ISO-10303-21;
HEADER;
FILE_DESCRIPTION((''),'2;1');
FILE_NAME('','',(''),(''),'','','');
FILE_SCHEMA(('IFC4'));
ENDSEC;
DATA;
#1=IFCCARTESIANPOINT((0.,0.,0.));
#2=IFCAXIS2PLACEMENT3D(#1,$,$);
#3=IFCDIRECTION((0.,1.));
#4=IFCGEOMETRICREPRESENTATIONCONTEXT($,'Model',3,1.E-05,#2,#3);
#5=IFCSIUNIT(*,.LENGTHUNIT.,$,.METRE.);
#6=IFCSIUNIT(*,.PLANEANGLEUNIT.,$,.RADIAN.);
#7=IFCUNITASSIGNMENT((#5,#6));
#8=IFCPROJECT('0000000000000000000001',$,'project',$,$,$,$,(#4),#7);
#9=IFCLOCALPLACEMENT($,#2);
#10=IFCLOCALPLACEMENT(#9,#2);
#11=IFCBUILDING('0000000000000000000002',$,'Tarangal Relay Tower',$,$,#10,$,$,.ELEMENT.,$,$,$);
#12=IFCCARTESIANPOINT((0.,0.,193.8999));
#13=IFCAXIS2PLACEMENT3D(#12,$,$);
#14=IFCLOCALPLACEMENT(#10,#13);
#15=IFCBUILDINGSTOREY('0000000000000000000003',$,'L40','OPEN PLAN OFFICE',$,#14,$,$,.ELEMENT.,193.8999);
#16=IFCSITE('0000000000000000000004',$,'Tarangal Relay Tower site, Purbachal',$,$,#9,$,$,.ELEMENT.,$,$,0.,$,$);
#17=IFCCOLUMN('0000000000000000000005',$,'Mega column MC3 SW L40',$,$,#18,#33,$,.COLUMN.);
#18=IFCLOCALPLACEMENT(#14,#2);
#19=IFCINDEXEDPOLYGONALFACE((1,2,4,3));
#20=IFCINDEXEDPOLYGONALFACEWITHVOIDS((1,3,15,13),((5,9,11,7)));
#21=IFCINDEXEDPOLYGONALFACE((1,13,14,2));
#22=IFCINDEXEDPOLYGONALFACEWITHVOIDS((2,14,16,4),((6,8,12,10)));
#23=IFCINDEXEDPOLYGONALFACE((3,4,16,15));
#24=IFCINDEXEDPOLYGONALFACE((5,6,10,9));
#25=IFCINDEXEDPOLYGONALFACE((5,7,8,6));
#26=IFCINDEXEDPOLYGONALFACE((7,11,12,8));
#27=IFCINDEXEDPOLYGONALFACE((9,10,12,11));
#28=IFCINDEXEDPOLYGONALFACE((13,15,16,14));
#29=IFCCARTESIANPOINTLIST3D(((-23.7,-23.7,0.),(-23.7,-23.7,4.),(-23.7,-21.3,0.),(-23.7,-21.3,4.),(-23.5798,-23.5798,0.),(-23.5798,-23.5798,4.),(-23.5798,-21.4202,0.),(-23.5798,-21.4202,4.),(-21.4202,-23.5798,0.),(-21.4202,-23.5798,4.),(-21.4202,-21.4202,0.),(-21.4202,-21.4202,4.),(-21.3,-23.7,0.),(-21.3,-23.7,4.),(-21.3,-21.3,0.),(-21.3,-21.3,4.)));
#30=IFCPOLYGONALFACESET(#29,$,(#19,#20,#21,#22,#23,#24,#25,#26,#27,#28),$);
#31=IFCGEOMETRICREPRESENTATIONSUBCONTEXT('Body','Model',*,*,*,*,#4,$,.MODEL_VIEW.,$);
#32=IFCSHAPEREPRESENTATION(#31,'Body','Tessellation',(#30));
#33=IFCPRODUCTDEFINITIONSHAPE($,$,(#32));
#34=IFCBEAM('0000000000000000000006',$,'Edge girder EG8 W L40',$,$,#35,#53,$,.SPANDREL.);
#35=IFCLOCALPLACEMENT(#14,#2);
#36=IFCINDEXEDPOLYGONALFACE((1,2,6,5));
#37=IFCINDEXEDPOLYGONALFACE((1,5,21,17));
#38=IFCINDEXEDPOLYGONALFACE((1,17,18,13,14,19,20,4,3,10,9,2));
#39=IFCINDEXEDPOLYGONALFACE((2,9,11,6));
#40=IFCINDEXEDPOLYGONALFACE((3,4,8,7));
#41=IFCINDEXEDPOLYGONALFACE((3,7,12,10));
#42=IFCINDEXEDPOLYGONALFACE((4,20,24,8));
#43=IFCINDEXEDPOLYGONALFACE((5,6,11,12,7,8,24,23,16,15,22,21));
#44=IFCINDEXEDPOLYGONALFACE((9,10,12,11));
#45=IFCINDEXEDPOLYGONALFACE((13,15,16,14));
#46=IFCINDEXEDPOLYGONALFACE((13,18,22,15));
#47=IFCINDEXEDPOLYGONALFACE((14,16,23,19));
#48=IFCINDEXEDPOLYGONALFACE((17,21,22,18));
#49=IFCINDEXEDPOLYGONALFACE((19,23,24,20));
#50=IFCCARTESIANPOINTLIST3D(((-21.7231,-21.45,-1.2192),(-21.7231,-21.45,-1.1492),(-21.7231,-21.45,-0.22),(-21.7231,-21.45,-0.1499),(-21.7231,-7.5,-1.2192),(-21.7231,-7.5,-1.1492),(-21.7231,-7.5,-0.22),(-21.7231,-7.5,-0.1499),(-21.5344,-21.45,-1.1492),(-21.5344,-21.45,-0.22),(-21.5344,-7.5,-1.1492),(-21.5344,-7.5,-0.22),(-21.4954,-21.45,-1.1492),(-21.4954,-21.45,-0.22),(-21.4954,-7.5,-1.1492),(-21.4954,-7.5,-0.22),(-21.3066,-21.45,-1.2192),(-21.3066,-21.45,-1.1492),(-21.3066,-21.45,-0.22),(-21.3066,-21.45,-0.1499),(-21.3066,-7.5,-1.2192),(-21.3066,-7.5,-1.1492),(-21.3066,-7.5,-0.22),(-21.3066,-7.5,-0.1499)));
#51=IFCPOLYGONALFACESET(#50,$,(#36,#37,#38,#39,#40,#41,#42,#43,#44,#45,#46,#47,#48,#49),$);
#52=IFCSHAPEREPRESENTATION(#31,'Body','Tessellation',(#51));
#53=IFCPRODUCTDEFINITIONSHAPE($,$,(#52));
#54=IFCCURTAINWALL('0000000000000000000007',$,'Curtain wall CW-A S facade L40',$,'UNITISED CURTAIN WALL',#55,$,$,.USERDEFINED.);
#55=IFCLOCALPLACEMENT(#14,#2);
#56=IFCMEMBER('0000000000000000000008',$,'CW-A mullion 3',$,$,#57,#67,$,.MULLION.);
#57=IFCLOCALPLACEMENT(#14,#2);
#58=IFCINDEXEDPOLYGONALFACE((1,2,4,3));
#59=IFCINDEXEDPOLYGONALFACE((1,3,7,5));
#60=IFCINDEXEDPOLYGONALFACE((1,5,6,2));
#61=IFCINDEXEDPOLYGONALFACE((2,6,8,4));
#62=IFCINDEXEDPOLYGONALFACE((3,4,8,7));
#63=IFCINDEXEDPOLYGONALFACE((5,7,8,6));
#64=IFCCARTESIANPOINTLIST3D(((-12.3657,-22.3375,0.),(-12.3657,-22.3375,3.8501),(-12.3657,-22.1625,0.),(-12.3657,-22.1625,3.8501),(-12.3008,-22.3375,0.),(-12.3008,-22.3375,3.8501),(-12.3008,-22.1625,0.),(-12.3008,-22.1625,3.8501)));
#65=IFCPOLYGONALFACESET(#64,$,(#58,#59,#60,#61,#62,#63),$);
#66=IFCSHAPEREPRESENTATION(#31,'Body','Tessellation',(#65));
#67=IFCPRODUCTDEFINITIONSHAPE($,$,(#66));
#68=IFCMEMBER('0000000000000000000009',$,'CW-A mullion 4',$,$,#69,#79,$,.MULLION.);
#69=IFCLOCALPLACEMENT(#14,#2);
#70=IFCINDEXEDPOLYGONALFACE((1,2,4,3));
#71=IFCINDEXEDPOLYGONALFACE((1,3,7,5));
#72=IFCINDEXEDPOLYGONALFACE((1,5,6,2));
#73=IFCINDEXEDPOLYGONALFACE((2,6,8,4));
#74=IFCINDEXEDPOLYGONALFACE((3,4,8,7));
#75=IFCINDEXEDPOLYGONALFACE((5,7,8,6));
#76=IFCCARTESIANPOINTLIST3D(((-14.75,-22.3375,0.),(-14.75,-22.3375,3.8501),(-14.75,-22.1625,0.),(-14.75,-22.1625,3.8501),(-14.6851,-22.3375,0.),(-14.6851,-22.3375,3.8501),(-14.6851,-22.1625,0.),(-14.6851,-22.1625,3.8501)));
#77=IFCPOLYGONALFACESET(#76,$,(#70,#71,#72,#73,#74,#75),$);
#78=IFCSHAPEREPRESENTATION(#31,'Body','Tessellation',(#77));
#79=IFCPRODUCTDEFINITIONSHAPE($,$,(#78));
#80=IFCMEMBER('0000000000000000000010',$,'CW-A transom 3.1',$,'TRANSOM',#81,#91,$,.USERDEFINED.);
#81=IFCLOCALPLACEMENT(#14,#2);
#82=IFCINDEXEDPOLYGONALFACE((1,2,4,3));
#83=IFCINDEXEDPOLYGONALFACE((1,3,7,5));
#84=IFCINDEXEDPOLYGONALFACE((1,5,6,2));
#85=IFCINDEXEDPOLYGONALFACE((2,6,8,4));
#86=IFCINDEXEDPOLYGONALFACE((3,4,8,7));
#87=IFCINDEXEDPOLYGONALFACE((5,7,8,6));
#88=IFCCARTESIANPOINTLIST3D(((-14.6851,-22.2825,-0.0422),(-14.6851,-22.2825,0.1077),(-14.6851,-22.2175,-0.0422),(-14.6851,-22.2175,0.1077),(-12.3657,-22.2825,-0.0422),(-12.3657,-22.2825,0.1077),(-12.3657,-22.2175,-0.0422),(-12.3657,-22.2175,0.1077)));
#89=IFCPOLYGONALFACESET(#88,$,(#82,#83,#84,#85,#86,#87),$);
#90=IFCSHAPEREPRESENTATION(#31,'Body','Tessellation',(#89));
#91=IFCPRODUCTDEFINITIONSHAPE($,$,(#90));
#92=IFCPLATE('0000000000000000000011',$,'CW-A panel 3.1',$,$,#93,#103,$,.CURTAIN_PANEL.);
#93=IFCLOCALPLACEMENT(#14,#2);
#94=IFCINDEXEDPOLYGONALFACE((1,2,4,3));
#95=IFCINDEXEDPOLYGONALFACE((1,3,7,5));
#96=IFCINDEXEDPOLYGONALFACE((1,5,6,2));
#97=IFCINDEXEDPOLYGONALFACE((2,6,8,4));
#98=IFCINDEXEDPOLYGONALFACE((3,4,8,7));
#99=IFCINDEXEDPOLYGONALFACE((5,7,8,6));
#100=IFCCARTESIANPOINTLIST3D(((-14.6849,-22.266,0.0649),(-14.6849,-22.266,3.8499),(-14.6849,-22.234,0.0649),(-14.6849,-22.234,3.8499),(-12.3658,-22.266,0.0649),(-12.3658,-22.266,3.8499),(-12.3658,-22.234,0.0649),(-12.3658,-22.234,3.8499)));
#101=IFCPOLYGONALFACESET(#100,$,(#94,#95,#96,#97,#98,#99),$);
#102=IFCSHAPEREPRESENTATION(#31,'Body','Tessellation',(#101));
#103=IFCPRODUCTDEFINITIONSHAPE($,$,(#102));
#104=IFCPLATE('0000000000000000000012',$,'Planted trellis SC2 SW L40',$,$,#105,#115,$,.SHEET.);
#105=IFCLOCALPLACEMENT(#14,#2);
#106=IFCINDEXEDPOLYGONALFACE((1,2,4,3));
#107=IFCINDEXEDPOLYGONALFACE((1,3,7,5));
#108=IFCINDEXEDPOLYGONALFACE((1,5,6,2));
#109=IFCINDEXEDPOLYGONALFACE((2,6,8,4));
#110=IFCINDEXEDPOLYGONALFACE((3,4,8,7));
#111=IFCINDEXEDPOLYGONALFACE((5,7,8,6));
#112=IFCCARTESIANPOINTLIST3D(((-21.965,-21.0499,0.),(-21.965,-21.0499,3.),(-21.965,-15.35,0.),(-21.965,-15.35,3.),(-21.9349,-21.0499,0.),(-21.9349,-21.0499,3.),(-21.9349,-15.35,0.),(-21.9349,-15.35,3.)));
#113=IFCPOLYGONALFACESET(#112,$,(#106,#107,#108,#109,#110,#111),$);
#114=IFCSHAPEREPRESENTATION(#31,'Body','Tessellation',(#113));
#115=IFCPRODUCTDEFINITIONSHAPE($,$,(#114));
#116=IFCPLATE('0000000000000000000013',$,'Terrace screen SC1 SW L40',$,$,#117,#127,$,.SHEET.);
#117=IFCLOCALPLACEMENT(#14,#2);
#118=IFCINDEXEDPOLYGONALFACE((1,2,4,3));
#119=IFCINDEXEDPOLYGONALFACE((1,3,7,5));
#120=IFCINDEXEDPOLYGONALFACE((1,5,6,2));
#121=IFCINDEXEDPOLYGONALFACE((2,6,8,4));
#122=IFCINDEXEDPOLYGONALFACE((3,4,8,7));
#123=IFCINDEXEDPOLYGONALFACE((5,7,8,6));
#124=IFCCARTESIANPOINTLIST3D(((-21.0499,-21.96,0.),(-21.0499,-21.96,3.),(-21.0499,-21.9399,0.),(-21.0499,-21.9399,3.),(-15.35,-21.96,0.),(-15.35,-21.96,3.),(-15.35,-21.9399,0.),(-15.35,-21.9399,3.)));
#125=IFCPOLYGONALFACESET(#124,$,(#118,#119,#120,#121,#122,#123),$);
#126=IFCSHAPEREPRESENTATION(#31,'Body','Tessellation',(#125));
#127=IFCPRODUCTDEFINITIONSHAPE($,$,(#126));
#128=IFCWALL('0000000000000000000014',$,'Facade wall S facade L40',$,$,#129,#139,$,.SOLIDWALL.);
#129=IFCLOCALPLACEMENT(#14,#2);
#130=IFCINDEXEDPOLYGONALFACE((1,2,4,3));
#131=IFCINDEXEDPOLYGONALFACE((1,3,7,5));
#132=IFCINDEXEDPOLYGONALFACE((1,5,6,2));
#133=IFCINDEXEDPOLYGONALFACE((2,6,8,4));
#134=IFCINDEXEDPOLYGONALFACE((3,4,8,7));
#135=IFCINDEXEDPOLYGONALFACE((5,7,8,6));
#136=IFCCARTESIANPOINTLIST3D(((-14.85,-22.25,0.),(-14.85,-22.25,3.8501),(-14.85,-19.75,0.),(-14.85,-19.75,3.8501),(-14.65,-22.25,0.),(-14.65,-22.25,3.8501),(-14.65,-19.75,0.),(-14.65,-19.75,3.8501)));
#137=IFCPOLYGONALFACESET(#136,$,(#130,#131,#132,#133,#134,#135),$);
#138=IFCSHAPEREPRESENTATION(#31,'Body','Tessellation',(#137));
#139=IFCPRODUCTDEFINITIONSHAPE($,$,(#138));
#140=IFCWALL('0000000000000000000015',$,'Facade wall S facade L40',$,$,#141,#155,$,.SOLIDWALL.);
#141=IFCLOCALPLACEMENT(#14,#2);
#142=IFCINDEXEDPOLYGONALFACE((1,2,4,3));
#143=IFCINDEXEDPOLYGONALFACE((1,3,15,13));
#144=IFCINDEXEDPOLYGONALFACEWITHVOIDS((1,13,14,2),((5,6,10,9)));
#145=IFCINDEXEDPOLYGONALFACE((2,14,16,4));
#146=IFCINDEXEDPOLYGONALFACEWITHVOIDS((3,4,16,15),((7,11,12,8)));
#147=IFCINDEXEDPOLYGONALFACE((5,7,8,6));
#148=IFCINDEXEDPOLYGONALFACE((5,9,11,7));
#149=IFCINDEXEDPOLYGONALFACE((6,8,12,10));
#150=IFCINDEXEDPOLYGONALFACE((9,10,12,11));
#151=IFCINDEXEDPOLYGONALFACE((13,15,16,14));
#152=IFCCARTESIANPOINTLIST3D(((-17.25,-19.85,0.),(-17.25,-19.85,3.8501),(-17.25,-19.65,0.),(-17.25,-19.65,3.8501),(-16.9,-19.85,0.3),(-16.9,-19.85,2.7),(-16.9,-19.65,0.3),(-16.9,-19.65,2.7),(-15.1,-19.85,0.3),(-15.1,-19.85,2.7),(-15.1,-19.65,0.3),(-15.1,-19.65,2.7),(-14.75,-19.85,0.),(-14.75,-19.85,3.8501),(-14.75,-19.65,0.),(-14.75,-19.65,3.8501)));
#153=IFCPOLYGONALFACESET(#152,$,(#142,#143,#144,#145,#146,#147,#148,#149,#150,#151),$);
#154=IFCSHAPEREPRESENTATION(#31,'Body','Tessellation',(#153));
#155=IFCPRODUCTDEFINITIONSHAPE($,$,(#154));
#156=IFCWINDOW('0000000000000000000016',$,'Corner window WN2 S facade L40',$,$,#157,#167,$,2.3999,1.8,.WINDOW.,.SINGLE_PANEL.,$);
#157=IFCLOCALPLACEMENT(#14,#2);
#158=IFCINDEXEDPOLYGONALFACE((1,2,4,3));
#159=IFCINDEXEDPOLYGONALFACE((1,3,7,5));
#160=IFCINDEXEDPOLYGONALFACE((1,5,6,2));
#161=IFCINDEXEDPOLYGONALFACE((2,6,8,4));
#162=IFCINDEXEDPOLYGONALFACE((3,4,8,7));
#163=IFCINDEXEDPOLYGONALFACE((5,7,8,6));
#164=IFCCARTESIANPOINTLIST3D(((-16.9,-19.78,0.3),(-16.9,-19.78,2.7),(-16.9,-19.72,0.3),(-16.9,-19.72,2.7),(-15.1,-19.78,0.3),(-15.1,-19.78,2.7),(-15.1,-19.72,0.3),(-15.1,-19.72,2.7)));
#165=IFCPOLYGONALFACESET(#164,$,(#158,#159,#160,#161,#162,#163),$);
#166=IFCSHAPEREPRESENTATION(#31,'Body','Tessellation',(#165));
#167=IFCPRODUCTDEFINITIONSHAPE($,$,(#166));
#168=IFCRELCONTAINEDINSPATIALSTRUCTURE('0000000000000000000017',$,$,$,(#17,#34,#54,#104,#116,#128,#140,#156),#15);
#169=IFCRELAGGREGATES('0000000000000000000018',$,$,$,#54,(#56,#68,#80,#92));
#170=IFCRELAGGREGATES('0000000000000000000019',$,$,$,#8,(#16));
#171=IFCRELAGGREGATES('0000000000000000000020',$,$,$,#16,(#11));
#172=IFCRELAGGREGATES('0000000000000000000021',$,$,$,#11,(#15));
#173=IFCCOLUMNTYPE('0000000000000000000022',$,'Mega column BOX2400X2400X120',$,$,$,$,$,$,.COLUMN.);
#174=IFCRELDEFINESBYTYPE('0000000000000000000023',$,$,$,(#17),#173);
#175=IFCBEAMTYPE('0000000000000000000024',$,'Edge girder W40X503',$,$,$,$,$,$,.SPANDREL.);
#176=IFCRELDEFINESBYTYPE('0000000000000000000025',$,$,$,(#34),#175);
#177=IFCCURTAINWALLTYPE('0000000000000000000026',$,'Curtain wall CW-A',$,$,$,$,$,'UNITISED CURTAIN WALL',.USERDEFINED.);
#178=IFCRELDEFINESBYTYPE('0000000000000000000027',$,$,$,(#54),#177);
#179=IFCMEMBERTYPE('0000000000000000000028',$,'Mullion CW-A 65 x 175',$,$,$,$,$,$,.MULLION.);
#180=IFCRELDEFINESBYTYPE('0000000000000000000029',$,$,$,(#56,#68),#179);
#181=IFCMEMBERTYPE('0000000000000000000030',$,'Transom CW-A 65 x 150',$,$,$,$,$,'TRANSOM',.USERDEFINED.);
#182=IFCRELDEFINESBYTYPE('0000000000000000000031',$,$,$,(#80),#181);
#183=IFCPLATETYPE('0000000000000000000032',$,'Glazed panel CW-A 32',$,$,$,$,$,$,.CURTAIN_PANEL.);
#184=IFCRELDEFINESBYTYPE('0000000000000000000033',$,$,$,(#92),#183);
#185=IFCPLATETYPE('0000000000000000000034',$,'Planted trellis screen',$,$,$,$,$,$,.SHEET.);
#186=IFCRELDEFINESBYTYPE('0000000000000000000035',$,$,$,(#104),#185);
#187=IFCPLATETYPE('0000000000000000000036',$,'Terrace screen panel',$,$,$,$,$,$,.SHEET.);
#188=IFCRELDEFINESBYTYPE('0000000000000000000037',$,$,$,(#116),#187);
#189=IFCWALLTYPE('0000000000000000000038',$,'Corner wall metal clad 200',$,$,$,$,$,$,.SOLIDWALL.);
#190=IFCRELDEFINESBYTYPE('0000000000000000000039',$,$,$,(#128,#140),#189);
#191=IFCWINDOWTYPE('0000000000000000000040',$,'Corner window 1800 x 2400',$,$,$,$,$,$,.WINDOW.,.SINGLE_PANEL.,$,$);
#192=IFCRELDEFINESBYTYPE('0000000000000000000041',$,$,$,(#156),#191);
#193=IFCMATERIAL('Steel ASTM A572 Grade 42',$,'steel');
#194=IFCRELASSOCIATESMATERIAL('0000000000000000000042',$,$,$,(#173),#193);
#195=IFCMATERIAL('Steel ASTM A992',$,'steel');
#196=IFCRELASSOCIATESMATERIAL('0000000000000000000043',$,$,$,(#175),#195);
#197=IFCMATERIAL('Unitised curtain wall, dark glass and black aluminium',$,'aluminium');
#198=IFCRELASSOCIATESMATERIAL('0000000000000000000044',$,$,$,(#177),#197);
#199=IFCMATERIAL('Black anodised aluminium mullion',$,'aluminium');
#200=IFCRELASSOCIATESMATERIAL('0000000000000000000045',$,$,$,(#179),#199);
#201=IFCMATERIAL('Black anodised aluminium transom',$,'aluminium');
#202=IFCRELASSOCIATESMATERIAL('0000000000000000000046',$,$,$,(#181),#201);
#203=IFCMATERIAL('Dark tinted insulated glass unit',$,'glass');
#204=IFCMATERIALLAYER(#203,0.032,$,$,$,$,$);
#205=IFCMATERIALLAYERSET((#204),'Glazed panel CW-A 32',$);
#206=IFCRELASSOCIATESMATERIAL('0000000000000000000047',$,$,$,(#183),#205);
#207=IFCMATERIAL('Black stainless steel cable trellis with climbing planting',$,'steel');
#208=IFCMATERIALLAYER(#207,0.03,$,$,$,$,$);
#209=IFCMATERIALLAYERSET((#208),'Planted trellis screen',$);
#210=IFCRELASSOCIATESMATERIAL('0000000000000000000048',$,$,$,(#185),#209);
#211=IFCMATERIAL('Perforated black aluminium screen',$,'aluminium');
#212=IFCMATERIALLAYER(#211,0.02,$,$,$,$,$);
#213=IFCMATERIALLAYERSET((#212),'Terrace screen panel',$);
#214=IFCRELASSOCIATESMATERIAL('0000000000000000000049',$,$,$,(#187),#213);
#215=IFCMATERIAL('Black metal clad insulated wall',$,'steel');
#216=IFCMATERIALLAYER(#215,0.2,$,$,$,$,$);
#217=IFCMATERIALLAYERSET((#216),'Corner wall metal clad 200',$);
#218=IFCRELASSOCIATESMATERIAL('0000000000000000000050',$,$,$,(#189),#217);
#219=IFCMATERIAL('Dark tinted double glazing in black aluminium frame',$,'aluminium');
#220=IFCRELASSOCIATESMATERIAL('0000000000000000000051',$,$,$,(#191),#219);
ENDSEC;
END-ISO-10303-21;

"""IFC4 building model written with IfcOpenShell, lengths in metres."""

from ifc_helpers import new_model, si_unit, direction, frame, frame_2d, origin, origin_2d, place, context, subcontext, project, spatial, rectangle, hollow_rectangle, i_section, extrude, material, layer, layer_set, material_profile, profile_set, type_object, element, fill, aggregate, save


model = new_model("IFC4")

# Units and contexts
model_context = context("Model", 3, precision=1e-05, world=origin(), true_north=direction((0.0, 1.0)))
body_context = subcontext(model_context, "Body", "Model", "MODEL_VIEW")
ifc_project = project(units=[si_unit("LENGTHUNIT", "METRE"), si_unit("PLANEANGLEUNIT", "RADIAN")], contexts=[model_context])

# Site, building, storey
site_placement = place(None, origin())
site = spatial("IfcSite", under=ifc_project, at=site_placement, Name="Tarangal Relay Tower site, Purbachal", CompositionType="ELEMENT", RefElevation=0.0)
building_placement = place(site_placement, origin())
building = spatial("IfcBuilding", under=site, at=building_placement, Name="Tarangal Relay Tower", CompositionType="ELEMENT")
storey_placement = place(building_placement, frame((0.0, 0.0, 193.8999)))
storey = spatial("IfcBuildingStorey", under=building, at=storey_placement, Name="L40", Description="OPEN PLAN OFFICE", CompositionType="ELEMENT", Elevation=193.8999)

# Column
ifc_material_1 = material(Name="Steel ASTM A572 Grade 42", Category="steel")
ifc_material_profile_1 = material_profile(ifc_material_1, hollow_rectangle(XDim=2.3999, YDim=2.3999, WallThickness=0.1201, at=origin_2d()), Name="BOX2400X2400X120")
ifc_profile_set_1 = profile_set([ifc_material_profile_1], Name="Steel ASTM A572 Grade 42")
column_type = type_object("IfcColumnType", Name="Mega column BOX2400X2400X120", PredefinedType="COLUMN", material=ifc_profile_set_1)
column_placement = place(storey_placement, frame((-22.5, -22.5, 0.0), z_axis=(0.0, 0.0, 1.0), x_axis=(1.0, 0.0, 0.0)))
element("IfcColumn", 1, at=column_placement, inside=storey, type_object=column_type, Name="Mega column MC3 SW L40", PredefinedType="COLUMN", context=body_context, shape_type="SweptSolid", body=[
    extrude(hollow_rectangle(XDim=2.3999, YDim=2.3999, WallThickness=0.1201, at=origin_2d()), origin(), (0.0, 0.0, 1.0), 4.0),
])

# Beam
ifc_material_2 = material(Name="Steel ASTM A992", Category="steel")
ifc_material_profile_2 = material_profile(ifc_material_2, i_section(OverallWidth=0.4165, OverallDepth=1.0693, WebThickness=0.0391, FlangeThickness=0.0701, at=origin_2d()), Name="W40X503")
ifc_profile_set_2 = profile_set([ifc_material_profile_2], Name="Steel ASTM A992")
beam_type = type_object("IfcBeamType", Name="Edge girder W40X503", PredefinedType="SPANDREL", material=ifc_profile_set_2)
beam_placement = place(storey_placement, frame((-21.5149, -21.45, -0.6846), z_axis=(0.0, 1.0, 0.0), x_axis=(-1.0, 0.0, 0.0)))
element("IfcBeam", 2, at=beam_placement, inside=storey, type_object=beam_type, Name="Edge girder EG8 W L40", PredefinedType="SPANDREL", context=body_context, shape_type="SweptSolid", body=[
    extrude(i_section(OverallWidth=0.4165, OverallDepth=1.0693, WebThickness=0.0391, FlangeThickness=0.0701, at=origin_2d()), origin(), (0.0, 0.0, 1.0), 13.95),
])

# Curtain wall, members, plate
ifc_material_3 = material(Name="Unitised curtain wall, dark glass and black aluminium", Category="aluminium")
curtain_wall_type = type_object("IfcCurtainWallType", Name="Curtain wall CW-A", ElementType="UNITISED CURTAIN WALL", PredefinedType="USERDEFINED", material=ifc_material_3)
curtain_wall_placement = place(storey_placement, origin())
curtain_wall = element("IfcCurtainWall", 3, at=curtain_wall_placement, inside=storey, type_object=curtain_wall_type, Name="Curtain wall CW-A S facade L40", ObjectType="UNITISED CURTAIN WALL", PredefinedType="USERDEFINED")
ifc_material_4 = material(Name="Black anodised aluminium mullion", Category="aluminium")
ifc_material_profile_3 = material_profile(ifc_material_4, rectangle(XDim=0.175, YDim=0.0649, at=origin_2d()), Name="CW-AM 65X175")
ifc_profile_set_3 = profile_set([ifc_material_profile_3], Name="Black anodised aluminium mullion")
member_type_1 = type_object("IfcMemberType", Name="Mullion CW-A 65 x 175", PredefinedType="MULLION", material=ifc_profile_set_3)
member_1_placement = place(storey_placement, frame((-12.3333, -22.25, 0.0), z_axis=(0.0, 0.0, 1.0), x_axis=(0.0, -1.0, 0.0)))
member_1 = element("IfcMember", 4, at=member_1_placement, type_object=member_type_1, Name="CW-A mullion 3", PredefinedType="MULLION", context=body_context, shape_type="SweptSolid", body=[
    extrude(rectangle(XDim=0.175, YDim=0.0649, at=origin_2d()), origin(), (0.0, 0.0, 1.0), 3.8501),
])
member_2_placement = place(storey_placement, frame((-14.7175, -22.25, 0.0), z_axis=(0.0, 0.0, 1.0), x_axis=(0.0, -1.0, 0.0)))
member_2 = element("IfcMember", 5, at=member_2_placement, type_object=member_type_1, Name="CW-A mullion 4", PredefinedType="MULLION", context=body_context, shape_type="SweptSolid", body=[
    extrude(rectangle(XDim=0.175, YDim=0.0649, at=origin_2d()), origin(), (0.0, 0.0, 1.0), 3.8501),
])
ifc_material_5 = material(Name="Black anodised aluminium transom", Category="aluminium")
ifc_material_profile_4 = material_profile(ifc_material_5, rectangle(XDim=0.0649, YDim=0.1499, at=origin_2d()), Name="CW-AT 65X150")
ifc_profile_set_4 = profile_set([ifc_material_profile_4], Name="Black anodised aluminium transom")
member_type_2 = type_object("IfcMemberType", Name="Transom CW-A 65 x 150", ElementType="TRANSOM", PredefinedType="USERDEFINED", material=ifc_profile_set_4)
member_3_placement = place(storey_placement, frame((-12.3657, -22.25, 0.0327), z_axis=(-1.0, 0.0, 0.0), x_axis=(0.0, -1.0, 0.0)))
member_3 = element("IfcMember", 6, at=member_3_placement, type_object=member_type_2, Name="CW-A transom 3.1", ObjectType="TRANSOM", PredefinedType="USERDEFINED", context=body_context, shape_type="SweptSolid", body=[
    extrude(rectangle(XDim=0.0649, YDim=0.1499, at=origin_2d()), origin(), (0.0, 0.0, 1.0), 2.3193),
])
ifc_material_6 = material(Name="Dark tinted insulated glass unit", Category="glass")
ifc_layer_1 = layer(ifc_material_6, 0.032)
ifc_layer_set_1 = layer_set([ifc_layer_1], Name="Glazed panel CW-A 32")
plate_type_1 = type_object("IfcPlateType", Name="Glazed panel CW-A 32", PredefinedType="CURTAIN_PANEL", material=ifc_layer_set_1)
plate_1_placement = place(storey_placement, frame((-13.5254, -22.25, 0.0649), z_axis=(0.0, 0.0, 1.0), x_axis=(-1.0, 0.0, 0.0)))
plate_1 = element("IfcPlate", 7, at=plate_1_placement, type_object=plate_type_1, Name="CW-A panel 3.1", PredefinedType="CURTAIN_PANEL", context=body_context, shape_type="SweptSolid", body=[
    extrude(rectangle(XDim=2.3191, YDim=0.032, at=origin_2d()), origin(), (0.0, 0.0, 1.0), 3.7849),
])
aggregate(curtain_wall, [member_1, member_2, member_3, plate_1])

# Plates
ifc_material_7 = material(Name="Black stainless steel cable trellis with climbing planting", Category="steel")
ifc_layer_2 = layer(ifc_material_7, 0.03)
ifc_layer_set_2 = layer_set([ifc_layer_2], Name="Planted trellis screen")
plate_type_2 = type_object("IfcPlateType", Name="Planted trellis screen", PredefinedType="SHEET", material=ifc_layer_set_2)
plate_2_placement = place(storey_placement, frame((-21.95, -18.2, 0.0), z_axis=(0.0, 0.0, 1.0), x_axis=(0.0, 1.0, 0.0)))
element("IfcPlate", 8, at=plate_2_placement, inside=storey, type_object=plate_type_2, Name="Planted trellis SC2 SW L40", PredefinedType="SHEET", context=body_context, shape_type="SweptSolid", body=[
    extrude(rectangle(XDim=5.7, YDim=0.03, at=origin_2d()), origin(), (0.0, 0.0, 1.0), 3.0),
])
ifc_material_8 = material(Name="Perforated black aluminium screen", Category="aluminium")
ifc_layer_3 = layer(ifc_material_8, 0.02)
ifc_layer_set_3 = layer_set([ifc_layer_3], Name="Terrace screen panel")
plate_type_3 = type_object("IfcPlateType", Name="Terrace screen panel", PredefinedType="SHEET", material=ifc_layer_set_3)
plate_3_placement = place(storey_placement, frame((-18.2, -21.95, 0.0), z_axis=(0.0, 0.0, 1.0), x_axis=(-1.0, 0.0, 0.0)))
element("IfcPlate", 9, at=plate_3_placement, inside=storey, type_object=plate_type_3, Name="Terrace screen SC1 SW L40", PredefinedType="SHEET", context=body_context, shape_type="SweptSolid", body=[
    extrude(rectangle(XDim=5.7, YDim=0.02, at=origin_2d()), origin(), (0.0, 0.0, 1.0), 3.0),
])

# Wall
ifc_material_9 = material(Name="Black metal clad insulated wall", Category="steel")
ifc_layer_4 = layer(ifc_material_9, 0.2)
ifc_layer_set_4 = layer_set([ifc_layer_4], Name="Corner wall metal clad 200")
wall_type = type_object("IfcWallType", Name="Corner wall metal clad 200", PredefinedType="SOLIDWALL", material=ifc_layer_set_4)
wall_1_placement = place(storey_placement, frame((-14.75, -22.25, 0.0), z_axis=(0.0, 0.0, 1.0), x_axis=(0.0, 1.0, 0.0)))
element("IfcWall", 10, at=wall_1_placement, inside=storey, type_object=wall_type, Name="Facade wall S facade L40", PredefinedType="SOLIDWALL", context=body_context, shape_type="SweptSolid", body=[
    extrude(rectangle(XDim=2.5, YDim=0.2, at=frame_2d((1.25, 0.0))), origin(), (0.0, 0.0, 1.0), 3.8501),
])

# Wall, opening, window
wall_2_placement = place(storey_placement, frame((-14.75, -19.75, 0.0), z_axis=(0.0, 0.0, 1.0), x_axis=(-1.0, 0.0, 0.0)))
wall_2 = element("IfcWall", 11, at=wall_2_placement, inside=storey, type_object=wall_type, Name="Facade wall S facade L40", PredefinedType="SOLIDWALL", context=body_context, shape_type="SweptSolid", body=[
    extrude(rectangle(XDim=2.5, YDim=0.2, at=frame_2d((1.25, 0.0))), origin(), (0.0, 0.0, 1.0), 3.8501),
])
opening_1_placement = place(wall_2_placement, frame((0.3501, 0.0, 0.3)))
opening_1 = element("IfcOpeningElement", 12, at=opening_1_placement, cuts=wall_2, PredefinedType="OPENING", context=body_context, shape_type="SweptSolid", body=[
    extrude(rectangle(XDim=1.8, YDim=2.3999, at=frame_2d((0.8999, 1.2))), frame((0.0, 0.1099, 0.0), z_axis=(0.0, -1.0, 0.0), x_axis=(1.0, 0.0, 0.0)), (0.0, 0.0, 1.0), 0.22),
])
ifc_material_10 = material(Name="Dark tinted double glazing in black aluminium frame", Category="aluminium")
window_type = type_object("IfcWindowType", Name="Corner window 1800 x 2400", PartitioningType="SINGLE_PANEL", PredefinedType="WINDOW", material=ifc_material_10)
window_placement = place(opening_1_placement, origin())
window = element("IfcWindow", 13, at=window_placement, inside=storey, type_object=window_type, Name="Corner window WN2 S facade L40", OverallHeight=2.3999, OverallWidth=1.8, PartitioningType="SINGLE_PANEL", PredefinedType="WINDOW", context=body_context, shape_type="SweptSolid", body=[
    extrude(rectangle(XDim=1.8, YDim=2.3999, at=frame_2d((0.8999, 1.2))), frame((0.0, 0.03, 0.0), z_axis=(0.0, -1.0, 0.0), x_axis=(1.0, 0.0, 0.0)), (0.0, 0.0, 1.0), 0.0601),
])
fill(opening_1, window)

save(model, "model.ifc")
